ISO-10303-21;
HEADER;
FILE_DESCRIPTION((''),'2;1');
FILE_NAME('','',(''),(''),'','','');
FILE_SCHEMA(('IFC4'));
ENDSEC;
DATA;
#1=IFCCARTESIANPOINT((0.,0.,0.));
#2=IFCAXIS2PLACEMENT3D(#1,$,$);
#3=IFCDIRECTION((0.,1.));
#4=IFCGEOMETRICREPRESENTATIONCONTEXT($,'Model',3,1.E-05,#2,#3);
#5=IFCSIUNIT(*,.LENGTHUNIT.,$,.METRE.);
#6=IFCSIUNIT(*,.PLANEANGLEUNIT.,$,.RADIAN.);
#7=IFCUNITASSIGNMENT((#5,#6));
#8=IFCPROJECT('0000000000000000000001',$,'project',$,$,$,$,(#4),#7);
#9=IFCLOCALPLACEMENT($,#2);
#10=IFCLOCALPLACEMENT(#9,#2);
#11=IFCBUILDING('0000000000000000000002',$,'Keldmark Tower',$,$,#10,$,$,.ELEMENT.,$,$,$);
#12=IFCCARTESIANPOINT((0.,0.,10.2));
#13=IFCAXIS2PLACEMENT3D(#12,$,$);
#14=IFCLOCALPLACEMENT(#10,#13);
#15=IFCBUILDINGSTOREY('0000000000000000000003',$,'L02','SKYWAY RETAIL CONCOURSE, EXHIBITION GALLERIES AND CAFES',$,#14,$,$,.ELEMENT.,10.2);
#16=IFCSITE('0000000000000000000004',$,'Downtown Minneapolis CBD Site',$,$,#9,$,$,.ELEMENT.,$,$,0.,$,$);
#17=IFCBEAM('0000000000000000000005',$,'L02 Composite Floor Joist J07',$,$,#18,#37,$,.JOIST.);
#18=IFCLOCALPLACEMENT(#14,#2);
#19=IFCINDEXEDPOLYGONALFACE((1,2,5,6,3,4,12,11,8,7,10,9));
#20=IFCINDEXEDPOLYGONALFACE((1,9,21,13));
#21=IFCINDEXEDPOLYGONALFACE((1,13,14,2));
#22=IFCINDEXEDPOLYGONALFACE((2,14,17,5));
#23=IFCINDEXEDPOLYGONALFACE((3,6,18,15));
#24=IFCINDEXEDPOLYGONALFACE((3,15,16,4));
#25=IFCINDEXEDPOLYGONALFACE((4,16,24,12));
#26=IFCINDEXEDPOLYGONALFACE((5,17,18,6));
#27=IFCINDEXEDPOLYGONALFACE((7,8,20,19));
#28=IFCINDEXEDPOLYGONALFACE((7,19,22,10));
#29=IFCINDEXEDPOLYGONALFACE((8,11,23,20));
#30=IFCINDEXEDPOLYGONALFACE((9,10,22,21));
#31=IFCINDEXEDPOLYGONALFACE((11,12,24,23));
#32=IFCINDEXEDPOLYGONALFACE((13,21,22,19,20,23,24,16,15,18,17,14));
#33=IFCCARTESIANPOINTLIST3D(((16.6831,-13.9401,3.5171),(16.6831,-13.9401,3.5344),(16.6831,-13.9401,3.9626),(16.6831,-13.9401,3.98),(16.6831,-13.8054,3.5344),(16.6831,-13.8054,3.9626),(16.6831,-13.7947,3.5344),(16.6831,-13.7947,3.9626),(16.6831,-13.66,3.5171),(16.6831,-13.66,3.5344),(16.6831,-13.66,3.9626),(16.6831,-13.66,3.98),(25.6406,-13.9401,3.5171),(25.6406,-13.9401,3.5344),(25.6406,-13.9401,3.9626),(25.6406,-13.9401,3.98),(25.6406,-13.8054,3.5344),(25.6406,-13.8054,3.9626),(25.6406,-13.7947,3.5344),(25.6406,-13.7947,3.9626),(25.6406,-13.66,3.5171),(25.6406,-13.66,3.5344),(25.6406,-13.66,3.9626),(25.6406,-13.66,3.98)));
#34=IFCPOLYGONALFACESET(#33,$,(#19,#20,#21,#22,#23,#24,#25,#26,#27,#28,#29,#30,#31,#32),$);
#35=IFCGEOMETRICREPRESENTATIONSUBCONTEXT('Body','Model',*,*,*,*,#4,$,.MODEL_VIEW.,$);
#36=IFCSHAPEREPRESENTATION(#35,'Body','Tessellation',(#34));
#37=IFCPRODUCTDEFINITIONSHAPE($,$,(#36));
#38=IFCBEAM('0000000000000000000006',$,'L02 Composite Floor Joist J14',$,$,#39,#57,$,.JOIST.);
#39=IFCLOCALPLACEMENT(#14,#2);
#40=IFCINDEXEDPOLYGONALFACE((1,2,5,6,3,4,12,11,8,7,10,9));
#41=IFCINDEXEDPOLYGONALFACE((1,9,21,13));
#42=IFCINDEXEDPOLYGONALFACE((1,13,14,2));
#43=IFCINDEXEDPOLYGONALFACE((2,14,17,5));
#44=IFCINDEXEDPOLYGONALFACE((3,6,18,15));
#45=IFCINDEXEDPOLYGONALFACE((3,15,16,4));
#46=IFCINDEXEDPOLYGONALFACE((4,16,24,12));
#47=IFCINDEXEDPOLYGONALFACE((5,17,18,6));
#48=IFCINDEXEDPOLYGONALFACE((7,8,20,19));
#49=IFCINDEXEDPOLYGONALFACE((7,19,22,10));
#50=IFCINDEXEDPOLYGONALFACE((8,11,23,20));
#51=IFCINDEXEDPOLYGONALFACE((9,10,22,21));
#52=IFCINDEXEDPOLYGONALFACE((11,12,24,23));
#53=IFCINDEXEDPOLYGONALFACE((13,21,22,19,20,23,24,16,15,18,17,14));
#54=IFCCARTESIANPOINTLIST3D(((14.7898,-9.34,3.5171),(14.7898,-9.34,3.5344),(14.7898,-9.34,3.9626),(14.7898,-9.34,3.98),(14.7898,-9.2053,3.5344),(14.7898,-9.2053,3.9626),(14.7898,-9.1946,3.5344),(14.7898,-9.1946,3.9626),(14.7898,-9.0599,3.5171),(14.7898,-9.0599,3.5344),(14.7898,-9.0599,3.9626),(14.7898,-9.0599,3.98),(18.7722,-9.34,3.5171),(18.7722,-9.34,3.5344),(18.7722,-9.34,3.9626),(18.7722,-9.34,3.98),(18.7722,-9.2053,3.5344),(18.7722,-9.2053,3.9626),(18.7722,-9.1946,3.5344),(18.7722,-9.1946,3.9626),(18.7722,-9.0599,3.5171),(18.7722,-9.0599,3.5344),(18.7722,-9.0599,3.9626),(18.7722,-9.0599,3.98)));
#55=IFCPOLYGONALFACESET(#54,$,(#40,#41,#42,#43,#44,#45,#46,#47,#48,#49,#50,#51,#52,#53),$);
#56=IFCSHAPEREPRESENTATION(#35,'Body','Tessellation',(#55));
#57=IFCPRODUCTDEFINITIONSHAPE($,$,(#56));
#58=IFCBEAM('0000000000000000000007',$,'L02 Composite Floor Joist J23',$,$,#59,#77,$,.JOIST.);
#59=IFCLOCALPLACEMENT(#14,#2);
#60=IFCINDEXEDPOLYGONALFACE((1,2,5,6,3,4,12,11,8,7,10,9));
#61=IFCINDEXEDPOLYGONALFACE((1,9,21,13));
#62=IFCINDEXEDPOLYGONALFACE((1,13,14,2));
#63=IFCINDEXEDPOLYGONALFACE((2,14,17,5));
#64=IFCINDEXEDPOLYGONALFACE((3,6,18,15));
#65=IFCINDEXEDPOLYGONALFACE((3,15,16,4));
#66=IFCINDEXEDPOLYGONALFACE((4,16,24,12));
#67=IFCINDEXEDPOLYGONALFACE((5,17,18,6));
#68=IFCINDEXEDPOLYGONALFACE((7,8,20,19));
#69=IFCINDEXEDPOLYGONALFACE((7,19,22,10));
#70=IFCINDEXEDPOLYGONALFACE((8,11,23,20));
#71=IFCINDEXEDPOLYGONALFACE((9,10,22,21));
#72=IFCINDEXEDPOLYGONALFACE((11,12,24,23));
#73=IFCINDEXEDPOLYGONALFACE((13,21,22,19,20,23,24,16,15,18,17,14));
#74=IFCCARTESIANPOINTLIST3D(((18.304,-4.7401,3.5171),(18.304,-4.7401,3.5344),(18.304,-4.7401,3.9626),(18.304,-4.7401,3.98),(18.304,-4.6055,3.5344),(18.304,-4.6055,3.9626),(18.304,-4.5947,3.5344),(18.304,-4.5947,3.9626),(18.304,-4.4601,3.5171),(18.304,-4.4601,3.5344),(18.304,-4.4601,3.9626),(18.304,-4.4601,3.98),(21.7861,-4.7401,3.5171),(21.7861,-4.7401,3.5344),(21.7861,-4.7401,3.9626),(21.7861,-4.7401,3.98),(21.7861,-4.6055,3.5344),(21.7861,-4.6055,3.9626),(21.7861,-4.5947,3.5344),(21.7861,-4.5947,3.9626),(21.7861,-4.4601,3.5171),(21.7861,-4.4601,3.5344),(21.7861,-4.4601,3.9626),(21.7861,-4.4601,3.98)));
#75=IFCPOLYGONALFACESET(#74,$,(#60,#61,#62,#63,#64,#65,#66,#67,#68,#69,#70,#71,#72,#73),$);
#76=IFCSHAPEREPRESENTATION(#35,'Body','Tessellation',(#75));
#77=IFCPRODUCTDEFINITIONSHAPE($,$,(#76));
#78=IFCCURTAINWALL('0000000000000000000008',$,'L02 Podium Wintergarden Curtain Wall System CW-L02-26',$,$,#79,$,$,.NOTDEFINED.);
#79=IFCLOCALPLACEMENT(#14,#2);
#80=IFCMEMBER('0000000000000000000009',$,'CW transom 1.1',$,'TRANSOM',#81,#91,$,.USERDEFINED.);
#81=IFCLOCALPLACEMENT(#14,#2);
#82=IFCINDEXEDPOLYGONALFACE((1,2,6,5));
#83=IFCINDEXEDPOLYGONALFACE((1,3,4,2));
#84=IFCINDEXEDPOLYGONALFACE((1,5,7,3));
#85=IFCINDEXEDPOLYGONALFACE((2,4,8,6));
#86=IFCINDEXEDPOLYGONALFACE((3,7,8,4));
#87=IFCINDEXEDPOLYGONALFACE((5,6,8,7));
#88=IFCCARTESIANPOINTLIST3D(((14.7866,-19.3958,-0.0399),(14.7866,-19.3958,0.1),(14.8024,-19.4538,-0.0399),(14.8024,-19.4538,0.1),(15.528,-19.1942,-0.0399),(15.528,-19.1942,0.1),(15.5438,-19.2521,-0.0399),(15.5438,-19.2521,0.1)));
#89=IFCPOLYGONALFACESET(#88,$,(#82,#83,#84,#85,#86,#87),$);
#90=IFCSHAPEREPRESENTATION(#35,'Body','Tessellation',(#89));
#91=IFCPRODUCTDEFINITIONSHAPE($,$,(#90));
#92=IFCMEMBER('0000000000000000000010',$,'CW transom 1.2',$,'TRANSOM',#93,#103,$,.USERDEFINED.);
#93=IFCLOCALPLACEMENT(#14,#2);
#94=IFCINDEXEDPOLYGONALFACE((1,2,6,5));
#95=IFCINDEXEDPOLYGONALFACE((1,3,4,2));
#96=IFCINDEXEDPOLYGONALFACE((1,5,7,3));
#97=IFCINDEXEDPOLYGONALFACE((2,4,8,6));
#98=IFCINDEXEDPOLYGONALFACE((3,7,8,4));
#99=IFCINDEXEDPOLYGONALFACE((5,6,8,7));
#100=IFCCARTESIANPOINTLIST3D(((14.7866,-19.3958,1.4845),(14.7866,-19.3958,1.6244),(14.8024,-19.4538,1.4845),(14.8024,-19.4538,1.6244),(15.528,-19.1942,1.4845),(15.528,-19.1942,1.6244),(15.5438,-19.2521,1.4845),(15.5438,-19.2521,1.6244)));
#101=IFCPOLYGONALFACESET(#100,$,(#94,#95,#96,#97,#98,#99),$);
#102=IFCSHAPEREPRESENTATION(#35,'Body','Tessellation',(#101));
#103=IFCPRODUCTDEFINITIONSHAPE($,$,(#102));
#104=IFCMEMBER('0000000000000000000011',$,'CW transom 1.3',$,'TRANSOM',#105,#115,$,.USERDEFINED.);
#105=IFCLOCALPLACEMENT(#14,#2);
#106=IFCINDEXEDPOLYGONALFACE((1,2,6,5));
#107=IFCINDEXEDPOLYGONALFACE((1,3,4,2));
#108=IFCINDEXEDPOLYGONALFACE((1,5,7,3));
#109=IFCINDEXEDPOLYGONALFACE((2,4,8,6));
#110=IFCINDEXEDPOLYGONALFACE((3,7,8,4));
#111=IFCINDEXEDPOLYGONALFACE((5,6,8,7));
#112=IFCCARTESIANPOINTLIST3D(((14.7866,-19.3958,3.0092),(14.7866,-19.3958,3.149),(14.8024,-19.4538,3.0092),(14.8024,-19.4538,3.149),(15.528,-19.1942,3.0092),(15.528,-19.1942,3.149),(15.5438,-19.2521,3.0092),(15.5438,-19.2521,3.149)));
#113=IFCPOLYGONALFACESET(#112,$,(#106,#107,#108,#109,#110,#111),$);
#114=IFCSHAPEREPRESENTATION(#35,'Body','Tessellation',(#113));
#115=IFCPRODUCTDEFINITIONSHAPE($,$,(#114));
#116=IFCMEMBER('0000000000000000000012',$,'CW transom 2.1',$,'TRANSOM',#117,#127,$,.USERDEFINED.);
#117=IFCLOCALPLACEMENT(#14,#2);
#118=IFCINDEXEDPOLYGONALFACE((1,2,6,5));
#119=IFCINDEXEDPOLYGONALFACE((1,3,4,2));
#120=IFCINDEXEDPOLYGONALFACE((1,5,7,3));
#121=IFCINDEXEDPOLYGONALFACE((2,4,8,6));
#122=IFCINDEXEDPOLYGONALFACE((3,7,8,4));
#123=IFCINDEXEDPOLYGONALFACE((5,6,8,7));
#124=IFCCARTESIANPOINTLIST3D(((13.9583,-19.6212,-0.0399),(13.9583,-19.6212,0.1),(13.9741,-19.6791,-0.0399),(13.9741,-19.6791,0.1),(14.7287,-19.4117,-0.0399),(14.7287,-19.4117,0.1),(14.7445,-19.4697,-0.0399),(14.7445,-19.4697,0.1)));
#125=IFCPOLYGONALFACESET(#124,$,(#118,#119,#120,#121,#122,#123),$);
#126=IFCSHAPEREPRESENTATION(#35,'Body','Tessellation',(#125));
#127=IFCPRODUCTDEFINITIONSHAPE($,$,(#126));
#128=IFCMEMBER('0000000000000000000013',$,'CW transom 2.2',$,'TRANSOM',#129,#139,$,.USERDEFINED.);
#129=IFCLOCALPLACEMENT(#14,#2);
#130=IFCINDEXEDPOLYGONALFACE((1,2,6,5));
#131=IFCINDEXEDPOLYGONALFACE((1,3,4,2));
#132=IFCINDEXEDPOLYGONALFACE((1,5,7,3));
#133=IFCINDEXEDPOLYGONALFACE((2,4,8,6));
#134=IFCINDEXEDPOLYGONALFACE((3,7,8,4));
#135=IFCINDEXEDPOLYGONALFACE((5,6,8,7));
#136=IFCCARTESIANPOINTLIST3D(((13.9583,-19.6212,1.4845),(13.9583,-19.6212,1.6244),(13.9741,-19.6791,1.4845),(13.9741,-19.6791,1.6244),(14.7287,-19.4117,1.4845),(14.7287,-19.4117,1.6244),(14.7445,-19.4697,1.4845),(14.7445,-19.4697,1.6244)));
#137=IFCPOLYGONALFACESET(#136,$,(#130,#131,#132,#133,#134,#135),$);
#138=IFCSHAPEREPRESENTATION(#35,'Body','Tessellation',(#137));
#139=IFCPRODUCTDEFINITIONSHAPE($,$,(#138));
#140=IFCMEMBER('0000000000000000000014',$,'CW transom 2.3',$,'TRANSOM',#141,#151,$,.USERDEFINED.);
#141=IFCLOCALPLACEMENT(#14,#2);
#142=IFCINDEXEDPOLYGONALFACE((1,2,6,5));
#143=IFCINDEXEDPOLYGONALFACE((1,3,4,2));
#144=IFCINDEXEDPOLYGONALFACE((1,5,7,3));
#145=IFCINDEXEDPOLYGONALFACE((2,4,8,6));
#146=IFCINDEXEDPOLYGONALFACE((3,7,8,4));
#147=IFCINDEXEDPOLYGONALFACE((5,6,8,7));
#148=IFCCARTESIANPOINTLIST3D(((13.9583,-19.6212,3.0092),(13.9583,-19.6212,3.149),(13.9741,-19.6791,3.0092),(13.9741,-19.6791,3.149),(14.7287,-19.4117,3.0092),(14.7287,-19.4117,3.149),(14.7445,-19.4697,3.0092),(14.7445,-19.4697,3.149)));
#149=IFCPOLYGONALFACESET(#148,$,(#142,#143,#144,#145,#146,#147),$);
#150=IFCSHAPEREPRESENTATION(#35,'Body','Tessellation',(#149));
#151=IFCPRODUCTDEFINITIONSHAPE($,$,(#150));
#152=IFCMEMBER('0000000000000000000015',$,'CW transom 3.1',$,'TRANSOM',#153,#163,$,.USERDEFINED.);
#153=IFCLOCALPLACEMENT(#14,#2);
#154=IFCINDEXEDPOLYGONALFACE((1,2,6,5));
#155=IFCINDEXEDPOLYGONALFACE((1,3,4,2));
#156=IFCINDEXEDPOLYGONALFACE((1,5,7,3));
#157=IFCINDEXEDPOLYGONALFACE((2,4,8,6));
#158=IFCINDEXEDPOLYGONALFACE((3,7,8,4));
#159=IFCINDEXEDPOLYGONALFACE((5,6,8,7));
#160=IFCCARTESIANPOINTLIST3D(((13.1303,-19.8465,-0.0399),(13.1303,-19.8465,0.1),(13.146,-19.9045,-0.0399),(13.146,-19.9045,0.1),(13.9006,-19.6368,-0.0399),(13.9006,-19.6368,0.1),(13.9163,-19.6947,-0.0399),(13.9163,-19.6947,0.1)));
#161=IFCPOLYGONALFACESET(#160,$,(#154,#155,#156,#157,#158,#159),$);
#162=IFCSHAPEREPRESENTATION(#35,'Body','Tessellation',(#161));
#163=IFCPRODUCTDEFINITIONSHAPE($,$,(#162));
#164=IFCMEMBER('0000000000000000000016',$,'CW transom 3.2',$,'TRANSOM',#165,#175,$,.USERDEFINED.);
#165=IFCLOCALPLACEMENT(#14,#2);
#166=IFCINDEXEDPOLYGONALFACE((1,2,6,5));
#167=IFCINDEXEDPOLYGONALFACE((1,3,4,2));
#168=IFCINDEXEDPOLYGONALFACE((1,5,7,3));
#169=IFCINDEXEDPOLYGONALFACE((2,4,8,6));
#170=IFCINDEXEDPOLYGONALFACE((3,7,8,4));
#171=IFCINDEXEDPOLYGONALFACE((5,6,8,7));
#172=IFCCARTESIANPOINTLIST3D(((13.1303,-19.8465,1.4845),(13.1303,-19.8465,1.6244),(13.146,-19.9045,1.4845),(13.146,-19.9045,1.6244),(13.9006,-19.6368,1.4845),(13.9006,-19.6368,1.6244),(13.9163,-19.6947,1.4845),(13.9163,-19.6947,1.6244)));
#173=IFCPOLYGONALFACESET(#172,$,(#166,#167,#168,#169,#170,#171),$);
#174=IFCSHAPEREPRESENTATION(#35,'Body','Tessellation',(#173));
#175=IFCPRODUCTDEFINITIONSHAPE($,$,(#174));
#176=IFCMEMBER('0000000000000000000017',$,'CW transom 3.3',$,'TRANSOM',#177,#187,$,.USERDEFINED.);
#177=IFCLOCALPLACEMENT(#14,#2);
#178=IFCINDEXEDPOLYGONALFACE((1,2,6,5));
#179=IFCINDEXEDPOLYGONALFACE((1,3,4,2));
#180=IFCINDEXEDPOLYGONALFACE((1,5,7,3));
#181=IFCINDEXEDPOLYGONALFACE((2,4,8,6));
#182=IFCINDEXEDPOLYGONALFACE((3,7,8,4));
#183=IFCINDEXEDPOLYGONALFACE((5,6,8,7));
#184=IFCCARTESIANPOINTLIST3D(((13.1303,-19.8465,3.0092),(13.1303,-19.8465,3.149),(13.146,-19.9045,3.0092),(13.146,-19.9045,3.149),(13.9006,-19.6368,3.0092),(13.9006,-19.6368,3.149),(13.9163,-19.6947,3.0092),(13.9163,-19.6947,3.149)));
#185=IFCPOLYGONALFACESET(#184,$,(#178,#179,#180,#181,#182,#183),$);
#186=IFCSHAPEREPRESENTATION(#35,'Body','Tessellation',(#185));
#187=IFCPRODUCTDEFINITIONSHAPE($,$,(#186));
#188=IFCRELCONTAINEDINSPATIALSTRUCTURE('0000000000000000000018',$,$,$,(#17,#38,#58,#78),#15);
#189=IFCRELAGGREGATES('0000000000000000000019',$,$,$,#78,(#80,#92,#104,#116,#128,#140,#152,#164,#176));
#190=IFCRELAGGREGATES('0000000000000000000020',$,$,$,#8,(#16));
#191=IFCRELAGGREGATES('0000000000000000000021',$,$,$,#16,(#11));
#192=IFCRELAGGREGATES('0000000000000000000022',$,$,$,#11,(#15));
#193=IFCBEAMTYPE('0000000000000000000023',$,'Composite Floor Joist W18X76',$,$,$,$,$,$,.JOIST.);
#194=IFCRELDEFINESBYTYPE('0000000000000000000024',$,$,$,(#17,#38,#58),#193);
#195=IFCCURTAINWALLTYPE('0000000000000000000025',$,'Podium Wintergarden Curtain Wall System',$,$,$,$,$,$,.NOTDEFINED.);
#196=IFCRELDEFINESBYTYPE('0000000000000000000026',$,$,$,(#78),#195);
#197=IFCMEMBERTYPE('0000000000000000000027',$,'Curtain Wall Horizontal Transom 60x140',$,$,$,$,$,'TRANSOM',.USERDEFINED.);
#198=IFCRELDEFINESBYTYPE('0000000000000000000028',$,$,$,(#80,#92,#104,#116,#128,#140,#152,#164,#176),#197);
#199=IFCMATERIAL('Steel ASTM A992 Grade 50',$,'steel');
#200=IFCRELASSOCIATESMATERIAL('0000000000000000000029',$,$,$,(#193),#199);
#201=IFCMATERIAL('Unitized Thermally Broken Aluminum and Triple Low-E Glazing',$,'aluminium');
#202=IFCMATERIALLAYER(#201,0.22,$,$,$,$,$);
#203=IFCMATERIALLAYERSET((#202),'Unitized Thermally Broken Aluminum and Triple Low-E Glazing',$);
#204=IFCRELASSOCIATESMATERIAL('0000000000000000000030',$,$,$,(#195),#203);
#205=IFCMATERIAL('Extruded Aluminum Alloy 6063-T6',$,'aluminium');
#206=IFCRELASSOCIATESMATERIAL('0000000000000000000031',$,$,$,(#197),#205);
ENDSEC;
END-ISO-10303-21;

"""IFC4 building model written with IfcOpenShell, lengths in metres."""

from ifc_helpers import new_model, si_unit, direction, frame, origin, origin_2d, place, context, subcontext, project, spatial, rectangle, i_section, extrude, material, layer, layer_set, material_profile, profile_set, type_object, element, aggregate, save


model = new_model("IFC4")

# Units and contexts
model_context = context("Model", 3, precision=1e-05, world=origin(), true_north=direction((0.0, 1.0)))
body_context = subcontext(model_context, "Body", "Model", "MODEL_VIEW")
ifc_project = project(units=[si_unit("LENGTHUNIT", "METRE"), si_unit("PLANEANGLEUNIT", "RADIAN")], contexts=[model_context])

# Site, building, storey
site_placement = place(None, origin())
site = spatial("IfcSite", under=ifc_project, at=site_placement, Name="Downtown Minneapolis CBD Site", CompositionType="ELEMENT", RefElevation=0.0)
building_placement = place(site_placement, origin())
building = spatial("IfcBuilding", under=site, at=building_placement, Name="Keldmark Tower", CompositionType="ELEMENT")
storey_placement = place(building_placement, frame((0.0, 0.0, 10.2)))
storey = spatial("IfcBuildingStorey", under=building, at=storey_placement, Name="L02", Description="SKYWAY RETAIL CONCOURSE, EXHIBITION GALLERIES AND CAFES", CompositionType="ELEMENT", Elevation=10.2)

# Beams
ifc_material_1 = material(Name="Steel ASTM A992 Grade 50", Category="steel")
ifc_material_profile_1 = material_profile(ifc_material_1, i_section(OverallWidth=0.28, OverallDepth=0.4629, WebThickness=0.0107, FlangeThickness=0.0173, at=origin_2d()), Name="W18X76")
ifc_profile_set_1 = profile_set([ifc_material_profile_1], Name="Steel ASTM A992 Grade 50")
beam_type_1 = type_object("IfcBeamType", Name="Composite Floor Joist W18X76", PredefinedType="JOIST", material=ifc_profile_set_1)
beam_1_placement = place(storey_placement, frame((16.6831, -13.8, 3.7485), z_axis=(1.0, 0.0, 0.0), x_axis=(0.0, 1.0, 0.0)))
element("IfcBeam", 1, at=beam_1_placement, inside=storey, type_object=beam_type_1, Name="L02 Composite Floor Joist J07", PredefinedType="JOIST", context=body_context, shape_type="SweptSolid", body=[
    extrude(i_section(OverallWidth=0.28, OverallDepth=0.4629, WebThickness=0.0107, FlangeThickness=0.0173, at=origin_2d()), origin(), (0.0, 0.0, 1.0), 8.9575),
])
beam_2_placement = place(storey_placement, frame((14.7898, -9.2, 3.7485), z_axis=(1.0, 0.0, 0.0), x_axis=(0.0, 1.0, 0.0)))
element("IfcBeam", 2, at=beam_2_placement, inside=storey, type_object=beam_type_1, Name="L02 Composite Floor Joist J14", PredefinedType="JOIST", context=body_context, shape_type="SweptSolid", body=[
    extrude(i_section(OverallWidth=0.28, OverallDepth=0.4629, WebThickness=0.0107, FlangeThickness=0.0173, at=origin_2d()), origin(), (0.0, 0.0, 1.0), 3.9824),
])
beam_3_placement = place(storey_placement, frame((18.304, -4.6001, 3.7485), z_axis=(1.0, 0.0, 0.0), x_axis=(0.0, 1.0, 0.0)))
element("IfcBeam", 3, at=beam_3_placement, inside=storey, type_object=beam_type_1, Name="L02 Composite Floor Joist J23", PredefinedType="JOIST", context=body_context, shape_type="SweptSolid", body=[
    extrude(i_section(OverallWidth=0.28, OverallDepth=0.4629, WebThickness=0.0107, FlangeThickness=0.0173, at=origin_2d()), origin(), (0.0, 0.0, 1.0), 3.4822),
])

# Curtain wall, members
ifc_material_2 = material(Name="Unitized Thermally Broken Aluminum and Triple Low-E Glazing", Category="aluminium")
ifc_layer_1 = layer(ifc_material_2, 0.22)
ifc_layer_set_1 = layer_set([ifc_layer_1], Name="Unitized Thermally Broken Aluminum and Triple Low-E Glazing")
curtain_wall_type = type_object("IfcCurtainWallType", Name="Podium Wintergarden Curtain Wall System", PredefinedType="NOTDEFINED", material=ifc_layer_set_1)
curtain_wall_placement = place(storey_placement, origin())
curtain_wall = element("IfcCurtainWall", 4, at=curtain_wall_placement, inside=storey, type_object=curtain_wall_type, Name="L02 Podium Wintergarden Curtain Wall System CW-L02-26", PredefinedType="NOTDEFINED")
ifc_material_3 = material(Name="Extruded Aluminum Alloy 6063-T6", Category="aluminium")
ifc_material_profile_2 = material_profile(ifc_material_3, rectangle(XDim=0.0601, YDim=0.1399, at=origin_2d()), Name="CWT60X140")
ifc_profile_set_2 = profile_set([ifc_material_profile_2], Name="Extruded Aluminum Alloy 6063-T6")
member_type_1 = type_object("IfcMemberType", Name="Curtain Wall Horizontal Transom 60x140", ElementType="TRANSOM", PredefinedType="USERDEFINED", material=ifc_profile_set_2)
member_1_placement = place(storey_placement, frame((15.5359, -19.2231, 0.03), z_axis=(-0.964947, -0.262445, 0.0), x_axis=(0.262445, -0.964947, 0.0)))
member_1 = element("IfcMember", 5, at=member_1_placement, type_object=member_type_1, Name="CW transom 1.1", ObjectType="TRANSOM", PredefinedType="USERDEFINED", context=body_context, shape_type="SweptSolid", body=[
    extrude(rectangle(XDim=0.0601, YDim=0.1399, at=origin_2d()), origin(), (0.0, 0.0, 1.0), 0.7683),
])
member_2_placement = place(storey_placement, frame((15.5359, -19.2231, 1.5544), z_axis=(-0.964947, -0.262445, 0.0), x_axis=(0.262445, -0.964947, 0.0)))
member_2 = element("IfcMember", 6, at=member_2_placement, type_object=member_type_1, Name="CW transom 1.2", ObjectType="TRANSOM", PredefinedType="USERDEFINED", context=body_context, shape_type="SweptSolid", body=[
    extrude(rectangle(XDim=0.0601, YDim=0.1399, at=origin_2d()), origin(), (0.0, 0.0, 1.0), 0.7683),
])
member_3_placement = place(storey_placement, frame((15.5359, -19.2231, 3.0791), z_axis=(-0.964947, -0.262445, 0.0), x_axis=(0.262445, -0.964947, 0.0)))
member_3 = element("IfcMember", 7, at=member_3_placement, type_object=member_type_1, Name="CW transom 1.3", ObjectType="TRANSOM", PredefinedType="USERDEFINED", context=body_context, shape_type="SweptSolid", body=[
    extrude(rectangle(XDim=0.0601, YDim=0.1399, at=origin_2d()), origin(), (0.0, 0.0, 1.0), 0.7683),
])
member_4_placement = place(storey_placement, frame((14.7366, -19.4407, 0.03), z_axis=(-0.964954, -0.262419, 0.0), x_axis=(0.262419, -0.964954, 0.0)))
member_4 = element("IfcMember", 8, at=member_4_placement, type_object=member_type_1, Name="CW transom 2.1", ObjectType="TRANSOM", PredefinedType="USERDEFINED", context=body_context, shape_type="SweptSolid", body=[
    extrude(rectangle(XDim=0.0601, YDim=0.1399, at=origin_2d()), origin(), (0.0, 0.0, 1.0), 0.7983),
])
member_5_placement = place(storey_placement, frame((14.7366, -19.4407, 1.5544), z_axis=(-0.964954, -0.262419, 0.0), x_axis=(0.262419, -0.964954, 0.0)))
member_5 = element("IfcMember", 9, at=member_5_placement, type_object=member_type_1, Name="CW transom 2.2", ObjectType="TRANSOM", PredefinedType="USERDEFINED", context=body_context, shape_type="SweptSolid", body=[
    extrude(rectangle(XDim=0.0601, YDim=0.1399, at=origin_2d()), origin(), (0.0, 0.0, 1.0), 0.7983),
])
member_6_placement = place(storey_placement, frame((14.7366, -19.4407, 3.0791), z_axis=(-0.964954, -0.262419, 0.0), x_axis=(0.262419, -0.964954, 0.0)))
member_6 = element("IfcMember", 10, at=member_6_placement, type_object=member_type_1, Name="CW transom 2.3", ObjectType="TRANSOM", PredefinedType="USERDEFINED", context=body_context, shape_type="SweptSolid", body=[
    extrude(rectangle(XDim=0.0601, YDim=0.1399, at=origin_2d()), origin(), (0.0, 0.0, 1.0), 0.7983),
])
member_7_placement = place(storey_placement, frame((13.9084, -19.6658, 0.03), z_axis=(-0.964877, -0.262703, 0.0), x_axis=(0.262703, -0.964877, 0.0)))
member_7 = element("IfcMember", 11, at=member_7_placement, type_object=member_type_1, Name="CW transom 3.1", ObjectType="TRANSOM", PredefinedType="USERDEFINED", context=body_context, shape_type="SweptSolid", body=[
    extrude(rectangle(XDim=0.0601, YDim=0.1399, at=origin_2d()), origin(), (0.0, 0.0, 1.0), 0.7983),
])
member_8_placement = place(storey_placement, frame((13.9084, -19.6658, 1.5544), z_axis=(-0.964877, -0.262703, 0.0), x_axis=(0.262703, -0.964877, 0.0)))
member_8 = element("IfcMember", 12, at=member_8_placement, type_object=member_type_1, Name="CW transom 3.2", ObjectType="TRANSOM", PredefinedType="USERDEFINED", context=body_context, shape_type="SweptSolid", body=[
    extrude(rectangle(XDim=0.0601, YDim=0.1399, at=origin_2d()), origin(), (0.0, 0.0, 1.0), 0.7983),
])
member_9_placement = place(storey_placement, frame((13.9084, -19.6658, 3.0791), z_axis=(-0.964877, -0.262703, 0.0), x_axis=(0.262703, -0.964877, 0.0)))
member_9 = element("IfcMember", 13, at=member_9_placement, type_object=member_type_1, Name="CW transom 3.3", ObjectType="TRANSOM", PredefinedType="USERDEFINED", context=body_context, shape_type="SweptSolid", body=[
    extrude(rectangle(XDim=0.0601, YDim=0.1399, at=origin_2d()), origin(), (0.0, 0.0, 1.0), 0.7983),
])

aggregate(curtain_wall, [member_1, member_2, member_3, member_4, member_5, member_6, member_7, member_8, member_9])

save(model, "model.ifc")
